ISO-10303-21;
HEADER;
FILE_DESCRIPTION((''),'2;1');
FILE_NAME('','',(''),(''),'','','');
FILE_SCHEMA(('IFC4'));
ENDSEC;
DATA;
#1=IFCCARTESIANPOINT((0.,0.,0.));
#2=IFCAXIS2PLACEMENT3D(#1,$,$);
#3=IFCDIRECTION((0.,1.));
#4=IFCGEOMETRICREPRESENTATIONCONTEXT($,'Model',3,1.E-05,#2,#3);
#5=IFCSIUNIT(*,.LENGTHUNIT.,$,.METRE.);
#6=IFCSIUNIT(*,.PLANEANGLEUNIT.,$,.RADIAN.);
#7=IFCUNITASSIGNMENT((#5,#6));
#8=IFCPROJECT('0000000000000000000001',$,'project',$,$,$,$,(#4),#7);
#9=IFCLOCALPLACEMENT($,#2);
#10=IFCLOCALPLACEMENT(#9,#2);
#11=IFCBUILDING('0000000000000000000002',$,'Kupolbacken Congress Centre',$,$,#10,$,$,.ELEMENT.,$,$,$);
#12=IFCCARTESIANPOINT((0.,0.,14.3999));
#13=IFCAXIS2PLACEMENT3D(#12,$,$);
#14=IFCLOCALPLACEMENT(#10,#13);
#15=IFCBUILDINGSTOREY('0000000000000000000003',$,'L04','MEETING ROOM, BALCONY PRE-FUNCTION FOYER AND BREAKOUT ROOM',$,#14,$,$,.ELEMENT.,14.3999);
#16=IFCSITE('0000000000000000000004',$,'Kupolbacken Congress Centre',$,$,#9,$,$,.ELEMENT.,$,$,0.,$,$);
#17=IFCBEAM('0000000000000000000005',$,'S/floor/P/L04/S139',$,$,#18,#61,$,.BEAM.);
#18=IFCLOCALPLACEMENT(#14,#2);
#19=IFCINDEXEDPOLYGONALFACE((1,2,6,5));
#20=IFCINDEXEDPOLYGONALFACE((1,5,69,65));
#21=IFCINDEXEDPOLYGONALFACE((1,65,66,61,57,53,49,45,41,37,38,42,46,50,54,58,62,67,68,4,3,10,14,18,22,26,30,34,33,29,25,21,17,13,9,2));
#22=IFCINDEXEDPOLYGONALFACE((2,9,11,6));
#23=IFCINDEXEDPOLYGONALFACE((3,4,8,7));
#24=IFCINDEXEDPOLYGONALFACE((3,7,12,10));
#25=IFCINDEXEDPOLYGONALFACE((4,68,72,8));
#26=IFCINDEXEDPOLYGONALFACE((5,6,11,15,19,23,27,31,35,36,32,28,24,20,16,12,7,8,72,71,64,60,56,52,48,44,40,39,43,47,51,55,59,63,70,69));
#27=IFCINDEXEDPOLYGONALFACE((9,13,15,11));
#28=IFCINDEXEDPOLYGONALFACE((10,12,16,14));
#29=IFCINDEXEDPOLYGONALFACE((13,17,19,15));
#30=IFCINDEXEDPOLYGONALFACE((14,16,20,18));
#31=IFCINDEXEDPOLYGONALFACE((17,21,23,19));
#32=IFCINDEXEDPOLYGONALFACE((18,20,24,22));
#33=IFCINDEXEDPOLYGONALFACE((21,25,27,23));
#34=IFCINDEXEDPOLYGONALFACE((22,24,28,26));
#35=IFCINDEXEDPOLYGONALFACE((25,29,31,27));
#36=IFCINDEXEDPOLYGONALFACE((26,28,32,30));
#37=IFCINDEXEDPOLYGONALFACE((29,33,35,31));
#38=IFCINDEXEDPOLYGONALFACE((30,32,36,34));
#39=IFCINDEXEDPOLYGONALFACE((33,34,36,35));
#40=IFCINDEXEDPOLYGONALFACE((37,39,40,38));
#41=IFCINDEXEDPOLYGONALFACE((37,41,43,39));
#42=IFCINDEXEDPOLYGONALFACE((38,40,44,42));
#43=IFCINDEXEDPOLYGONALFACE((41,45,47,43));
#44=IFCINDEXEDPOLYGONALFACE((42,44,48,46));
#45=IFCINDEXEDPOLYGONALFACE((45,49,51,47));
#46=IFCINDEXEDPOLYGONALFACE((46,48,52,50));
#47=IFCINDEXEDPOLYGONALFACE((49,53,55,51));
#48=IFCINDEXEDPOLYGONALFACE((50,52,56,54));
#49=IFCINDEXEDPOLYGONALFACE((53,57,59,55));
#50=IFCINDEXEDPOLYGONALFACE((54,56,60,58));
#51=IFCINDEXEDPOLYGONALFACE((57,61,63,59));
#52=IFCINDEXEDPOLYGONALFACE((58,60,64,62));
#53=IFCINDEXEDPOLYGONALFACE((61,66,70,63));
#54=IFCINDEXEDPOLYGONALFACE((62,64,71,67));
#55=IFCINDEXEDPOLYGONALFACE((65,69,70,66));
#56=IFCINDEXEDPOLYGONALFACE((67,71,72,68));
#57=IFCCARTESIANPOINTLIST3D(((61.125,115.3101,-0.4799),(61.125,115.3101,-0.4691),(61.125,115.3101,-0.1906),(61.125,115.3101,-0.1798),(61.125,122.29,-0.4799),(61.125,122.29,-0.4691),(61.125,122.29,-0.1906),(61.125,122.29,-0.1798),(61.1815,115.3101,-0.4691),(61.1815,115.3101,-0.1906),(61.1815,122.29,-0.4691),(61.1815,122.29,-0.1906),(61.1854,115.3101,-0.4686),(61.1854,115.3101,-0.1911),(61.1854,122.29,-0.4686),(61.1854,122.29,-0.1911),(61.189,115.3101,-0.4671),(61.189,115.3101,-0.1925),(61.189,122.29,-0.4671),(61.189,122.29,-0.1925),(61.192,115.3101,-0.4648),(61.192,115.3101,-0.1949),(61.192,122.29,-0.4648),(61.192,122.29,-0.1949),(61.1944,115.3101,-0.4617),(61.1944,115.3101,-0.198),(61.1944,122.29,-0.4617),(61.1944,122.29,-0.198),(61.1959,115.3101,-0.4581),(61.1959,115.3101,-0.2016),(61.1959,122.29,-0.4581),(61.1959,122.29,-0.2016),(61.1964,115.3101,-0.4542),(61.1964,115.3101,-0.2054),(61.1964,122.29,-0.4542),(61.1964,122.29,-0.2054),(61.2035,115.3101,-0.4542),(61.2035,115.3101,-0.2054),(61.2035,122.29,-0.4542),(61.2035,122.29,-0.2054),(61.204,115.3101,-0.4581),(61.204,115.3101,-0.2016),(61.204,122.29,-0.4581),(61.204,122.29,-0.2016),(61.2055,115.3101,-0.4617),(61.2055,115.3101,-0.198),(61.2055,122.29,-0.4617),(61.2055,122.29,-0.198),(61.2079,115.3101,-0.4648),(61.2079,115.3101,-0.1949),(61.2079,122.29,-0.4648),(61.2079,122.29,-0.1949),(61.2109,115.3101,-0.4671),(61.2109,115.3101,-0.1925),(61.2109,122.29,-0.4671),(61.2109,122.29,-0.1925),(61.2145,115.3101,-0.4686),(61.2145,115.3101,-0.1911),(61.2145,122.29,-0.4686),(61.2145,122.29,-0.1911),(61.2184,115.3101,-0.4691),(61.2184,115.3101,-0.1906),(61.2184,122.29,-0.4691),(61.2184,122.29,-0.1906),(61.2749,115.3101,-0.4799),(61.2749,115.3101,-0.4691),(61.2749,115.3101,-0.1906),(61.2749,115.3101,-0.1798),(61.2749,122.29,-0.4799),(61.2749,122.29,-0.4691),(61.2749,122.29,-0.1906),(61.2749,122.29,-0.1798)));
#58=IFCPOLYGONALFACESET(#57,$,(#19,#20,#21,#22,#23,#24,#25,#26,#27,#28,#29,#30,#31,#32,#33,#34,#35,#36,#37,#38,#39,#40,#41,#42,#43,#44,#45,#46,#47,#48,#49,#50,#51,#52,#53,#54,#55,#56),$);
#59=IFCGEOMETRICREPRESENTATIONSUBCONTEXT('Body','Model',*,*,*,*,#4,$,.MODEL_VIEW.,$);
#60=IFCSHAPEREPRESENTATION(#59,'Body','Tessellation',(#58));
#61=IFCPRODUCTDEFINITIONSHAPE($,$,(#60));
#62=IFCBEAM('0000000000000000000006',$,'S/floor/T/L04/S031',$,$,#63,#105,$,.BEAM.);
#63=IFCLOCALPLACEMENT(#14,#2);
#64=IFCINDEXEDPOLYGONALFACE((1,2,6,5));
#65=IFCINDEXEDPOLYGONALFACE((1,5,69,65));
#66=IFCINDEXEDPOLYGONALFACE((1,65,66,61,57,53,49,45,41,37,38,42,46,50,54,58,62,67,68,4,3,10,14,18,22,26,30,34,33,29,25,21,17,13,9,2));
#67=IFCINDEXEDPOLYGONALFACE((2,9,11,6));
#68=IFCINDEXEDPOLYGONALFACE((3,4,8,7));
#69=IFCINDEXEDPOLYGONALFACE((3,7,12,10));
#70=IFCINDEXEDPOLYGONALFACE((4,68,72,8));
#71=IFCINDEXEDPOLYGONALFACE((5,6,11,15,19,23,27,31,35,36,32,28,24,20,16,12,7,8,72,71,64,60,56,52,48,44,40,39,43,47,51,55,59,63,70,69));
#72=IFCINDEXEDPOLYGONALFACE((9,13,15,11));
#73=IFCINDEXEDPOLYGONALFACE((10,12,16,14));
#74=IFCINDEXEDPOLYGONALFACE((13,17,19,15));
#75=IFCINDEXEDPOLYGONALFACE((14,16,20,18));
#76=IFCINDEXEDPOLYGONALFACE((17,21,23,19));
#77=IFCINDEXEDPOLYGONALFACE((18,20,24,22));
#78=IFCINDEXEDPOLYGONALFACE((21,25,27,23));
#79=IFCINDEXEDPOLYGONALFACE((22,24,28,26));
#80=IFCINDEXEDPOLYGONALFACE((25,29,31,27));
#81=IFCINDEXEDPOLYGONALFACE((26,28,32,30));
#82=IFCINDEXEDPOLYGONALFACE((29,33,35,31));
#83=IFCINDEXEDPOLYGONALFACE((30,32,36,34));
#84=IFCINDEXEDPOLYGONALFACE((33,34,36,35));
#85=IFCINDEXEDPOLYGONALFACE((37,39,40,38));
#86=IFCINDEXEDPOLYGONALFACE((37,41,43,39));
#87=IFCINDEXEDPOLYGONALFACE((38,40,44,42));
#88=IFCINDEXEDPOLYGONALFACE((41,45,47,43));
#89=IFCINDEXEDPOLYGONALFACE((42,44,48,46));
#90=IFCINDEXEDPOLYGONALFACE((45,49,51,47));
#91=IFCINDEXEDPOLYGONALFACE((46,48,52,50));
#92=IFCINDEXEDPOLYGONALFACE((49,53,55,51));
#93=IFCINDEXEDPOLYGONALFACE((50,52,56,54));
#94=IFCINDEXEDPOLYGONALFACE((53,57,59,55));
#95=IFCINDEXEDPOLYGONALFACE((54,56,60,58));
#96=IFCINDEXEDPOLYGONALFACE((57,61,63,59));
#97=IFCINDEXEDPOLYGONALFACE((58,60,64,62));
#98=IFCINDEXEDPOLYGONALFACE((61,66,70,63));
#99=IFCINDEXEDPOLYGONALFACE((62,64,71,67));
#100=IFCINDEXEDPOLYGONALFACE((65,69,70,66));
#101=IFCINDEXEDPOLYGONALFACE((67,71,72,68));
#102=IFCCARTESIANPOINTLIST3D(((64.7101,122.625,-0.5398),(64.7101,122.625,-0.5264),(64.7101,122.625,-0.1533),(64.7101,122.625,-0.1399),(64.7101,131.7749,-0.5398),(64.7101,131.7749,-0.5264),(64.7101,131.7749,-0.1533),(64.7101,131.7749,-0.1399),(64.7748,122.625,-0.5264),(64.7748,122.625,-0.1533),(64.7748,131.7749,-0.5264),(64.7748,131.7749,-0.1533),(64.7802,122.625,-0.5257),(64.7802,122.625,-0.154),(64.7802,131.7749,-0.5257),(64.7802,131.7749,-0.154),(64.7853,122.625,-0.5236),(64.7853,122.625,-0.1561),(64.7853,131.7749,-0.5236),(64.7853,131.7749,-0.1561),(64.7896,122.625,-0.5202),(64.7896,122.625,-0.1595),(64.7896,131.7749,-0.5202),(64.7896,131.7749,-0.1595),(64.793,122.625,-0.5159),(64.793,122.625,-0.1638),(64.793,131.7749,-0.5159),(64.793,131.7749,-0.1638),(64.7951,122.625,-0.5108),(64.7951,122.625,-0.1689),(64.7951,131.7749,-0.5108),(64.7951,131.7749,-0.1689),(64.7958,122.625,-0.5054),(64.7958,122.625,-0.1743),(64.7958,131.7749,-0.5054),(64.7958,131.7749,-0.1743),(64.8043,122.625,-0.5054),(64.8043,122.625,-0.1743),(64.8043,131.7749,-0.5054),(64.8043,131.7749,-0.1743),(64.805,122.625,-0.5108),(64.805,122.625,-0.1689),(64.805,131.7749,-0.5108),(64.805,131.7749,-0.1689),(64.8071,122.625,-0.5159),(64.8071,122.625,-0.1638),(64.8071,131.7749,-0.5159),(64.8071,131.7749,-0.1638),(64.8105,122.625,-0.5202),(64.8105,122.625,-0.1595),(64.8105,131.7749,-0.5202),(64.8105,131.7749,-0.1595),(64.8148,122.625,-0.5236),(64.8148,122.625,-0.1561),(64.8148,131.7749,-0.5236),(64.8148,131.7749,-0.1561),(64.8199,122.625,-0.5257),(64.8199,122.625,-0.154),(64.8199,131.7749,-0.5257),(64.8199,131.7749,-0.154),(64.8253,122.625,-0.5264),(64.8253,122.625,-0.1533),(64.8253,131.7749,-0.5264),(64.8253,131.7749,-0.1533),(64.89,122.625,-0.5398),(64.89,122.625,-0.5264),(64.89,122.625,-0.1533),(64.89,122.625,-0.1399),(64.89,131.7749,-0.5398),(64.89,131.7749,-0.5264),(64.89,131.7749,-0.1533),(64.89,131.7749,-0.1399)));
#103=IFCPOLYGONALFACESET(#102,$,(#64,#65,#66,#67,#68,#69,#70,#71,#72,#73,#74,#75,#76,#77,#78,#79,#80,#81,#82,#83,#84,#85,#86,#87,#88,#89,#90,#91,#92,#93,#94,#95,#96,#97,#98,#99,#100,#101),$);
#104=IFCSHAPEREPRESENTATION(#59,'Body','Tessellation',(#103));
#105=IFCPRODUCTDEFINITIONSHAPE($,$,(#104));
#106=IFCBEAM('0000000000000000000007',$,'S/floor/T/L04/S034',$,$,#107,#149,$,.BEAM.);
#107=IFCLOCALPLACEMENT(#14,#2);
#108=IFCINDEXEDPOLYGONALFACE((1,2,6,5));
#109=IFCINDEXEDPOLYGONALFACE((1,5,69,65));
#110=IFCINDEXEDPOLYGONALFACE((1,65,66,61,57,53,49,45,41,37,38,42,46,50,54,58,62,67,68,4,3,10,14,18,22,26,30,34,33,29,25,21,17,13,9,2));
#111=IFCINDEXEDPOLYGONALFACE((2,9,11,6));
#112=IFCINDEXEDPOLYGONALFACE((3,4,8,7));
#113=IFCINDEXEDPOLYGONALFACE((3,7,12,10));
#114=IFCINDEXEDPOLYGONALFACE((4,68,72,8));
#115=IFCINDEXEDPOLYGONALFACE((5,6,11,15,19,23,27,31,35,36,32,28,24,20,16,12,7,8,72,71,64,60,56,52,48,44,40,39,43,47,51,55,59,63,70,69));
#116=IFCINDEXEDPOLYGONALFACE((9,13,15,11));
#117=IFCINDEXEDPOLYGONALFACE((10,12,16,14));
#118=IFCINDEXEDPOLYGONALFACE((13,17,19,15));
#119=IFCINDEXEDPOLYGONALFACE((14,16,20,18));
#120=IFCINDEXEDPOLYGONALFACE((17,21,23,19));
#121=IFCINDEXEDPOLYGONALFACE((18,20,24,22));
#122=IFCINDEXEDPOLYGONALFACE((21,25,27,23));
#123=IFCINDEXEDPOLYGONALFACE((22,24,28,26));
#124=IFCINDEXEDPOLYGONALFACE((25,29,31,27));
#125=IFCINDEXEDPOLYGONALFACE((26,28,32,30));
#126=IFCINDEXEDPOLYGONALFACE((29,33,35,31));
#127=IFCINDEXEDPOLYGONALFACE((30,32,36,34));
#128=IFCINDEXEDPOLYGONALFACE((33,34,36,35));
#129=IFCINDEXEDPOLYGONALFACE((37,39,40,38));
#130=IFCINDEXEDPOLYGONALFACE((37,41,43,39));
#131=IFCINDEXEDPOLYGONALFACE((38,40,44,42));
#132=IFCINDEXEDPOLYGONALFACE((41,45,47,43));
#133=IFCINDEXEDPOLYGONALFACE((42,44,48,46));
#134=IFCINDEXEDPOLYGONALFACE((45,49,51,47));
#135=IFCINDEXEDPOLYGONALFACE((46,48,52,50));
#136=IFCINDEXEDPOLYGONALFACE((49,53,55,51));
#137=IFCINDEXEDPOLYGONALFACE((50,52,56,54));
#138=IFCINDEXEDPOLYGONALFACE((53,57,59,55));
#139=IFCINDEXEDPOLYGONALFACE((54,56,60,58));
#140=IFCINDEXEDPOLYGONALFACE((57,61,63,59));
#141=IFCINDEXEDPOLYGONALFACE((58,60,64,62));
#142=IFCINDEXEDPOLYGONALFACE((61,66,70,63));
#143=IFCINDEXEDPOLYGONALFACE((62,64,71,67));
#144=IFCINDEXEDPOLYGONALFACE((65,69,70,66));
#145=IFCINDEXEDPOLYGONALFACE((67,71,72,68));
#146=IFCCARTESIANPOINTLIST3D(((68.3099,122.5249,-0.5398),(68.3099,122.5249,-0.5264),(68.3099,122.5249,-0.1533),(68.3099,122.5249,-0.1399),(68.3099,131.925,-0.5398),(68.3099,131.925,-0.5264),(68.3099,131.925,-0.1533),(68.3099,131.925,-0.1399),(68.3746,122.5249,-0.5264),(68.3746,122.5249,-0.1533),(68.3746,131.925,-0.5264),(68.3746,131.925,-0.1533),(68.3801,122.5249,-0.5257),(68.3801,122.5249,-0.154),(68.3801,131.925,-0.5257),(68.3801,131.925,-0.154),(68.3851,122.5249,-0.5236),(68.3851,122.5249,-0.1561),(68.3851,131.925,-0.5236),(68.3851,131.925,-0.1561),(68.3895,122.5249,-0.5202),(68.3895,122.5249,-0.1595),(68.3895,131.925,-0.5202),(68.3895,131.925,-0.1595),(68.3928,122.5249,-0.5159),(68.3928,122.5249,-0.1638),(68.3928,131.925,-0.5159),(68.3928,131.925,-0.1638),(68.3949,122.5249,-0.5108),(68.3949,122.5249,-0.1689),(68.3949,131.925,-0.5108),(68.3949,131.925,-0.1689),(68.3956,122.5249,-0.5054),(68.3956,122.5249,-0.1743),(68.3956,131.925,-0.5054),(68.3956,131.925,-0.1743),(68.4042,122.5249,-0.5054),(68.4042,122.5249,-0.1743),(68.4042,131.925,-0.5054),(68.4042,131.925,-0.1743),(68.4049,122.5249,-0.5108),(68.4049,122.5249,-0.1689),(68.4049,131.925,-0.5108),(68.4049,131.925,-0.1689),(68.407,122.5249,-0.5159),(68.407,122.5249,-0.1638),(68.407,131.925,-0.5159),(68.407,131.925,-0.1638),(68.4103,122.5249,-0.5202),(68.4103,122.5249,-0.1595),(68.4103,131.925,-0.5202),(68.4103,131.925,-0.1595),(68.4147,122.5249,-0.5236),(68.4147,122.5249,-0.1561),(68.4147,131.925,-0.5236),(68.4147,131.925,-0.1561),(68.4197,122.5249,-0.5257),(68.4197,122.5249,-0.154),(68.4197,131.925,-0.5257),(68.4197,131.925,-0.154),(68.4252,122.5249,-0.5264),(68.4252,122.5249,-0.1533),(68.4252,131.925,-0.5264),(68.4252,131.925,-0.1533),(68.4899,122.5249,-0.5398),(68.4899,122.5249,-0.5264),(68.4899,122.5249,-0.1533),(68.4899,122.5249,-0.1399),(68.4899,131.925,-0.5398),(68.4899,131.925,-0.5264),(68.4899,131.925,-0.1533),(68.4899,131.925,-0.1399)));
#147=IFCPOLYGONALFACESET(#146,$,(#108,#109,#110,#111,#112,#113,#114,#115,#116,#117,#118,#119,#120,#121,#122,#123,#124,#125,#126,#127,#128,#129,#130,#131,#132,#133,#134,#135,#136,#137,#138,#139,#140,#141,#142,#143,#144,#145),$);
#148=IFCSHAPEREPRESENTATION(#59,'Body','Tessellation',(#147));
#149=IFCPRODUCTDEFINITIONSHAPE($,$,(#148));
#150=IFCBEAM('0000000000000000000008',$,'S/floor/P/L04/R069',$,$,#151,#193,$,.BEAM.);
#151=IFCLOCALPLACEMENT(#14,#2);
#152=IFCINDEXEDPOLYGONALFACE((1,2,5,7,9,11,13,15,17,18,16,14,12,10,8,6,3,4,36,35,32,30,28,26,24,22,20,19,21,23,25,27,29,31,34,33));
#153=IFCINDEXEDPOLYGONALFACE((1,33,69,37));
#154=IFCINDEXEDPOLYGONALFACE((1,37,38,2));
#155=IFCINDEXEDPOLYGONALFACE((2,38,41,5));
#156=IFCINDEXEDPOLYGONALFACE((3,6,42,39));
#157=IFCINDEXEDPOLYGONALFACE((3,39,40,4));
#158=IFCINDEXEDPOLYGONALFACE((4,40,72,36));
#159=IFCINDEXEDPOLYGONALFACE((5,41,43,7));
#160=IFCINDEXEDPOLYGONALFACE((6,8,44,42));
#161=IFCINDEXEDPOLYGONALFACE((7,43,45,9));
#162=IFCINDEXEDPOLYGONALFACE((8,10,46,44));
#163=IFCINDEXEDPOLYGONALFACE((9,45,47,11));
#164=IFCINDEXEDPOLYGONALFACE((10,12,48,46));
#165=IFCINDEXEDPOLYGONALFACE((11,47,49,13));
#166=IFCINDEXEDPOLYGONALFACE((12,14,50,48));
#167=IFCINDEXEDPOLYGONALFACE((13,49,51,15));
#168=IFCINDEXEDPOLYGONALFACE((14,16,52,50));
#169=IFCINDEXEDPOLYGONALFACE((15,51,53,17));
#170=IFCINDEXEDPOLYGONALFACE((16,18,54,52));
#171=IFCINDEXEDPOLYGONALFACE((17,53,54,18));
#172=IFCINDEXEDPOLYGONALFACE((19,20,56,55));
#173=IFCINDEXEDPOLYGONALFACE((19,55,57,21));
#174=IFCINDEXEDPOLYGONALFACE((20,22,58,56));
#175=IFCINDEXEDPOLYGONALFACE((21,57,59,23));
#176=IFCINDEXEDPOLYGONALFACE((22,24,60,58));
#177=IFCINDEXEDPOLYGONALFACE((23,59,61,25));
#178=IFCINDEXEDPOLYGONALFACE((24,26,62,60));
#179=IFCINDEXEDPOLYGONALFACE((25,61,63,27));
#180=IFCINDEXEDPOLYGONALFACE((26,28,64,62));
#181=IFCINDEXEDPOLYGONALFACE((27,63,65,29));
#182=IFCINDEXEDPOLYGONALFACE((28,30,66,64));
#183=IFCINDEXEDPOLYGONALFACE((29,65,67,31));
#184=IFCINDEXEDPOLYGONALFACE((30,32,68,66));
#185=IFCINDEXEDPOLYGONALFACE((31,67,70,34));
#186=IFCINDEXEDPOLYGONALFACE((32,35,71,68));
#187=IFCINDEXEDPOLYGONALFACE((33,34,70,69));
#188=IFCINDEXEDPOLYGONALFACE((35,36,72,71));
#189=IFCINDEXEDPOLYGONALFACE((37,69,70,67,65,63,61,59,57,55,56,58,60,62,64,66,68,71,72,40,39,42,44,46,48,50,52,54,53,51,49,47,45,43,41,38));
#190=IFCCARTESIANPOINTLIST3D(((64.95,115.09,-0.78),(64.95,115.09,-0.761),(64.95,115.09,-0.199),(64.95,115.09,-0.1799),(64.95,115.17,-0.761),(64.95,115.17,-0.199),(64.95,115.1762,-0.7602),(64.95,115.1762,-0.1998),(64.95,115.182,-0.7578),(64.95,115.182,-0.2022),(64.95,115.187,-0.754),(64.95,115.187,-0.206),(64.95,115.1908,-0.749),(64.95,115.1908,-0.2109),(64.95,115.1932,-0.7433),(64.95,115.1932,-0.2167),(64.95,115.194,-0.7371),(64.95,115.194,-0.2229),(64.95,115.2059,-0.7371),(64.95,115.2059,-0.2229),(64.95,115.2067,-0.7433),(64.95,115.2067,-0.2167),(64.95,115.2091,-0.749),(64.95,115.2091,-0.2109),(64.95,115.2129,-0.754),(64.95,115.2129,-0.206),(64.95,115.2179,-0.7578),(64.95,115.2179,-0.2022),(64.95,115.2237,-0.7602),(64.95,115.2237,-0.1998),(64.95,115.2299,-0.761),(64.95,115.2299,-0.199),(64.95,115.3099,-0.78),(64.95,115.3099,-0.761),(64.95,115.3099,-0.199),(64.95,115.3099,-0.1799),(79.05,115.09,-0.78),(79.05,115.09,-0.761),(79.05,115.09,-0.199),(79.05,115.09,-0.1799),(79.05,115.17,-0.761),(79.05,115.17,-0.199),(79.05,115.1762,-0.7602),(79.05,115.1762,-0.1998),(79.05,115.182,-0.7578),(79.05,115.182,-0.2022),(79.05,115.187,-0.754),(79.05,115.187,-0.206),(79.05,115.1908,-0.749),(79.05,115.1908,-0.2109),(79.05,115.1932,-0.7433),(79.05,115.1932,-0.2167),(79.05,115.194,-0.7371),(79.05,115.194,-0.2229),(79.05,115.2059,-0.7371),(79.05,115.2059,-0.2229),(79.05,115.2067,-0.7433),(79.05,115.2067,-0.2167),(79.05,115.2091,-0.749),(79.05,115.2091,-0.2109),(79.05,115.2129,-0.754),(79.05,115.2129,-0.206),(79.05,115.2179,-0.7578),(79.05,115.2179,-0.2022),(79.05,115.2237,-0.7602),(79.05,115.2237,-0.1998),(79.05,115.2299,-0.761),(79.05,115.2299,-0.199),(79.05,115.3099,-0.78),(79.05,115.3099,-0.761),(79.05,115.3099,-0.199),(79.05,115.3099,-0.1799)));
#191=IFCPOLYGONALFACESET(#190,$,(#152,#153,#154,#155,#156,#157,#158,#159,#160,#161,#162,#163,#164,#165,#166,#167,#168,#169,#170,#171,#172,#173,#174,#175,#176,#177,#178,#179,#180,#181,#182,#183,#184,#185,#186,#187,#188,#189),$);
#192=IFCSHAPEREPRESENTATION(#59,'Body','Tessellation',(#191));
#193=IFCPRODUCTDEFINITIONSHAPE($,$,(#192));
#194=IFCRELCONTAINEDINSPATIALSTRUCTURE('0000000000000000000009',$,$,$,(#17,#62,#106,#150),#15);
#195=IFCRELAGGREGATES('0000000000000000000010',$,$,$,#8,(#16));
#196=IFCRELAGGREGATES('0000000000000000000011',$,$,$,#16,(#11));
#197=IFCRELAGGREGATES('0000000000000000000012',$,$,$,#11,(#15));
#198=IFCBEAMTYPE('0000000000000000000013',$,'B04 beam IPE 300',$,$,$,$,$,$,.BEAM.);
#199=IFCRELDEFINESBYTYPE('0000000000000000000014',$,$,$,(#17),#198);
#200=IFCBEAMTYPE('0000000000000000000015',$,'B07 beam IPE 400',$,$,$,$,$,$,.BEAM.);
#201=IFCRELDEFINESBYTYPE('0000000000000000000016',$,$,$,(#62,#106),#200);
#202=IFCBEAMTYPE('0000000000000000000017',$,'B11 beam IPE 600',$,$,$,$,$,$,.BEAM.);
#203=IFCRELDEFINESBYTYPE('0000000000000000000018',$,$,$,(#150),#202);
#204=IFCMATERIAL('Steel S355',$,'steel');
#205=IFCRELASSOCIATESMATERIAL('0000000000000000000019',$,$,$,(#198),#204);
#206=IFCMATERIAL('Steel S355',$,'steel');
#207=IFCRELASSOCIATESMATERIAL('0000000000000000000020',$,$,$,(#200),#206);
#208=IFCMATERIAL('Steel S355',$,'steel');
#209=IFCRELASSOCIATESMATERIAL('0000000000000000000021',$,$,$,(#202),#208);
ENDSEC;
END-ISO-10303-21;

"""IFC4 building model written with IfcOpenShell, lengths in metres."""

from ifc_helpers import new_model, si_unit, direction, frame, origin, origin_2d, place, context, subcontext, project, spatial, i_section, extrude, material, material_profile, profile_set, type_object, element, save


model = new_model("IFC4")

# Units and contexts
model_context = context("Model", 3, precision=1e-05, world=origin(), true_north=direction((0.0, 1.0)))
body_context = subcontext(model_context, "Body", "Model", "MODEL_VIEW")
ifc_project = project(units=[si_unit("LENGTHUNIT", "METRE"), si_unit("PLANEANGLEUNIT", "RADIAN")], contexts=[model_context])

# Site, building, storey
site_placement = place(None, origin())
site = spatial("IfcSite", under=ifc_project, at=site_placement, Name="Kupolbacken Congress Centre", CompositionType="ELEMENT", RefElevation=0.0)
building_placement = place(site_placement, origin())
building = spatial("IfcBuilding", under=site, at=building_placement, Name="Kupolbacken Congress Centre", CompositionType="ELEMENT")
storey_placement = place(building_placement, frame((0.0, 0.0, 14.3999)))
storey = spatial("IfcBuildingStorey", under=building, at=storey_placement, Name="L04", Description="MEETING ROOM, BALCONY PRE-FUNCTION FOYER AND BREAKOUT ROOM", CompositionType="ELEMENT", Elevation=14.3999)

# Beams
ifc_material_1 = material(Name="Steel S355", Category="steel")
ifc_material_profile_1 = material_profile(ifc_material_1, i_section(OverallWidth=0.1499, OverallDepth=0.3, WebThickness=0.0071, FlangeThickness=0.0107, FilletRadius=0.0149, at=origin_2d()), Name="IPE 300")
ifc_profile_set_1 = profile_set([ifc_material_profile_1], Name="Steel S355")
beam_type_1 = type_object("IfcBeamType", Name="B04 beam IPE 300", PredefinedType="BEAM", material=ifc_profile_set_1)
for number, where, z_axis, x_axis, name in (
    (1, (61.2, 115.3101, -0.3298), (0.0, 1.0, 0.0), (-1.0, 0.0, 0.0), "S/floor/P/L04/S139"),
):
    element("IfcBeam", number, at=place(storey_placement, frame(where, z_axis=z_axis, x_axis=x_axis)), inside=storey, type_object=beam_type_1, Name=name, PredefinedType="BEAM", context=body_context, shape_type="SweptSolid", body=[
        extrude(i_section(OverallWidth=0.1499, OverallDepth=0.3, WebThickness=0.0071, FlangeThickness=0.0107, FilletRadius=0.0149, at=origin_2d()), origin(), (0.0, 0.0, 1.0), 6.98),
    ])
ifc_material_2 = material(Name="Steel S355", Category="steel")
ifc_material_profile_2 = material_profile(ifc_material_2, i_section(OverallWidth=0.1799, OverallDepth=0.3999, WebThickness=0.0085, FlangeThickness=0.0134, FilletRadius=0.021, at=origin_2d()), Name="IPE 400")
ifc_profile_set_2 = profile_set([ifc_material_profile_2], Name="Steel S355")
beam_type_2 = type_object("IfcBeamType", Name="B07 beam IPE 400", PredefinedType="BEAM", material=ifc_profile_set_2)
beam_1_placement = place(storey_placement, frame((64.8, 122.625, -0.3398), z_axis=(0.0, 1.0, 0.0), x_axis=(-1.0, 0.0, 0.0)))
element("IfcBeam", 2, at=beam_1_placement, inside=storey, type_object=beam_type_2, Name="S/floor/T/L04/S031", PredefinedType="BEAM", context=body_context, shape_type="SweptSolid", body=[
    extrude(i_section(OverallWidth=0.1799, OverallDepth=0.3999, WebThickness=0.0085, FlangeThickness=0.0134, FilletRadius=0.021, at=origin_2d()), origin(), (0.0, 0.0, 1.0), 9.1499),
])
beam_2_placement = place(storey_placement, frame((68.3999, 122.5249, -0.3398), z_axis=(0.0, 1.0, 0.0), x_axis=(-1.0, 0.0, 0.0)))
element("IfcBeam", 3, at=beam_2_placement, inside=storey, type_object=beam_type_2, Name="S/floor/T/L04/S034", PredefinedType="BEAM", context=body_context, shape_type="SweptSolid", body=[
    extrude(i_section(OverallWidth=0.1799, OverallDepth=0.3999, WebThickness=0.0085, FlangeThickness=0.0134, FilletRadius=0.021, at=origin_2d()), origin(), (0.0, 0.0, 1.0), 9.4001),
])
ifc_material_3 = material(Name="Steel S355", Category="steel")
ifc_material_profile_3 = material_profile(ifc_material_3, i_section(OverallWidth=0.22, OverallDepth=0.6001, WebThickness=0.012, FlangeThickness=0.019, FilletRadius=0.0239, at=origin_2d()), Name="IPE 600")
ifc_profile_set_3 = profile_set([ifc_material_profile_3], Name="Steel S355")
beam_type_3 = type_object("IfcBeamType", Name="B11 beam IPE 600", PredefinedType="BEAM", material=ifc_profile_set_3)
beam_3_placement = place(storey_placement, frame((64.95, 115.2, -0.48), z_axis=(1.0, 0.0, 0.0), x_axis=(0.0, 1.0, 0.0)))
element("IfcBeam", 4, at=beam_3_placement, inside=storey, type_object=beam_type_3, Name="S/floor/P/L04/R069", PredefinedType="BEAM", context=body_context, shape_type="SweptSolid", body=[
    extrude(i_section(OverallWidth=0.22, OverallDepth=0.6001, WebThickness=0.012, FlangeThickness=0.019, FilletRadius=0.0239, at=origin_2d()), origin(), (0.0, 0.0, 1.0), 14.1001),
])

save(model, "model.ifc")
